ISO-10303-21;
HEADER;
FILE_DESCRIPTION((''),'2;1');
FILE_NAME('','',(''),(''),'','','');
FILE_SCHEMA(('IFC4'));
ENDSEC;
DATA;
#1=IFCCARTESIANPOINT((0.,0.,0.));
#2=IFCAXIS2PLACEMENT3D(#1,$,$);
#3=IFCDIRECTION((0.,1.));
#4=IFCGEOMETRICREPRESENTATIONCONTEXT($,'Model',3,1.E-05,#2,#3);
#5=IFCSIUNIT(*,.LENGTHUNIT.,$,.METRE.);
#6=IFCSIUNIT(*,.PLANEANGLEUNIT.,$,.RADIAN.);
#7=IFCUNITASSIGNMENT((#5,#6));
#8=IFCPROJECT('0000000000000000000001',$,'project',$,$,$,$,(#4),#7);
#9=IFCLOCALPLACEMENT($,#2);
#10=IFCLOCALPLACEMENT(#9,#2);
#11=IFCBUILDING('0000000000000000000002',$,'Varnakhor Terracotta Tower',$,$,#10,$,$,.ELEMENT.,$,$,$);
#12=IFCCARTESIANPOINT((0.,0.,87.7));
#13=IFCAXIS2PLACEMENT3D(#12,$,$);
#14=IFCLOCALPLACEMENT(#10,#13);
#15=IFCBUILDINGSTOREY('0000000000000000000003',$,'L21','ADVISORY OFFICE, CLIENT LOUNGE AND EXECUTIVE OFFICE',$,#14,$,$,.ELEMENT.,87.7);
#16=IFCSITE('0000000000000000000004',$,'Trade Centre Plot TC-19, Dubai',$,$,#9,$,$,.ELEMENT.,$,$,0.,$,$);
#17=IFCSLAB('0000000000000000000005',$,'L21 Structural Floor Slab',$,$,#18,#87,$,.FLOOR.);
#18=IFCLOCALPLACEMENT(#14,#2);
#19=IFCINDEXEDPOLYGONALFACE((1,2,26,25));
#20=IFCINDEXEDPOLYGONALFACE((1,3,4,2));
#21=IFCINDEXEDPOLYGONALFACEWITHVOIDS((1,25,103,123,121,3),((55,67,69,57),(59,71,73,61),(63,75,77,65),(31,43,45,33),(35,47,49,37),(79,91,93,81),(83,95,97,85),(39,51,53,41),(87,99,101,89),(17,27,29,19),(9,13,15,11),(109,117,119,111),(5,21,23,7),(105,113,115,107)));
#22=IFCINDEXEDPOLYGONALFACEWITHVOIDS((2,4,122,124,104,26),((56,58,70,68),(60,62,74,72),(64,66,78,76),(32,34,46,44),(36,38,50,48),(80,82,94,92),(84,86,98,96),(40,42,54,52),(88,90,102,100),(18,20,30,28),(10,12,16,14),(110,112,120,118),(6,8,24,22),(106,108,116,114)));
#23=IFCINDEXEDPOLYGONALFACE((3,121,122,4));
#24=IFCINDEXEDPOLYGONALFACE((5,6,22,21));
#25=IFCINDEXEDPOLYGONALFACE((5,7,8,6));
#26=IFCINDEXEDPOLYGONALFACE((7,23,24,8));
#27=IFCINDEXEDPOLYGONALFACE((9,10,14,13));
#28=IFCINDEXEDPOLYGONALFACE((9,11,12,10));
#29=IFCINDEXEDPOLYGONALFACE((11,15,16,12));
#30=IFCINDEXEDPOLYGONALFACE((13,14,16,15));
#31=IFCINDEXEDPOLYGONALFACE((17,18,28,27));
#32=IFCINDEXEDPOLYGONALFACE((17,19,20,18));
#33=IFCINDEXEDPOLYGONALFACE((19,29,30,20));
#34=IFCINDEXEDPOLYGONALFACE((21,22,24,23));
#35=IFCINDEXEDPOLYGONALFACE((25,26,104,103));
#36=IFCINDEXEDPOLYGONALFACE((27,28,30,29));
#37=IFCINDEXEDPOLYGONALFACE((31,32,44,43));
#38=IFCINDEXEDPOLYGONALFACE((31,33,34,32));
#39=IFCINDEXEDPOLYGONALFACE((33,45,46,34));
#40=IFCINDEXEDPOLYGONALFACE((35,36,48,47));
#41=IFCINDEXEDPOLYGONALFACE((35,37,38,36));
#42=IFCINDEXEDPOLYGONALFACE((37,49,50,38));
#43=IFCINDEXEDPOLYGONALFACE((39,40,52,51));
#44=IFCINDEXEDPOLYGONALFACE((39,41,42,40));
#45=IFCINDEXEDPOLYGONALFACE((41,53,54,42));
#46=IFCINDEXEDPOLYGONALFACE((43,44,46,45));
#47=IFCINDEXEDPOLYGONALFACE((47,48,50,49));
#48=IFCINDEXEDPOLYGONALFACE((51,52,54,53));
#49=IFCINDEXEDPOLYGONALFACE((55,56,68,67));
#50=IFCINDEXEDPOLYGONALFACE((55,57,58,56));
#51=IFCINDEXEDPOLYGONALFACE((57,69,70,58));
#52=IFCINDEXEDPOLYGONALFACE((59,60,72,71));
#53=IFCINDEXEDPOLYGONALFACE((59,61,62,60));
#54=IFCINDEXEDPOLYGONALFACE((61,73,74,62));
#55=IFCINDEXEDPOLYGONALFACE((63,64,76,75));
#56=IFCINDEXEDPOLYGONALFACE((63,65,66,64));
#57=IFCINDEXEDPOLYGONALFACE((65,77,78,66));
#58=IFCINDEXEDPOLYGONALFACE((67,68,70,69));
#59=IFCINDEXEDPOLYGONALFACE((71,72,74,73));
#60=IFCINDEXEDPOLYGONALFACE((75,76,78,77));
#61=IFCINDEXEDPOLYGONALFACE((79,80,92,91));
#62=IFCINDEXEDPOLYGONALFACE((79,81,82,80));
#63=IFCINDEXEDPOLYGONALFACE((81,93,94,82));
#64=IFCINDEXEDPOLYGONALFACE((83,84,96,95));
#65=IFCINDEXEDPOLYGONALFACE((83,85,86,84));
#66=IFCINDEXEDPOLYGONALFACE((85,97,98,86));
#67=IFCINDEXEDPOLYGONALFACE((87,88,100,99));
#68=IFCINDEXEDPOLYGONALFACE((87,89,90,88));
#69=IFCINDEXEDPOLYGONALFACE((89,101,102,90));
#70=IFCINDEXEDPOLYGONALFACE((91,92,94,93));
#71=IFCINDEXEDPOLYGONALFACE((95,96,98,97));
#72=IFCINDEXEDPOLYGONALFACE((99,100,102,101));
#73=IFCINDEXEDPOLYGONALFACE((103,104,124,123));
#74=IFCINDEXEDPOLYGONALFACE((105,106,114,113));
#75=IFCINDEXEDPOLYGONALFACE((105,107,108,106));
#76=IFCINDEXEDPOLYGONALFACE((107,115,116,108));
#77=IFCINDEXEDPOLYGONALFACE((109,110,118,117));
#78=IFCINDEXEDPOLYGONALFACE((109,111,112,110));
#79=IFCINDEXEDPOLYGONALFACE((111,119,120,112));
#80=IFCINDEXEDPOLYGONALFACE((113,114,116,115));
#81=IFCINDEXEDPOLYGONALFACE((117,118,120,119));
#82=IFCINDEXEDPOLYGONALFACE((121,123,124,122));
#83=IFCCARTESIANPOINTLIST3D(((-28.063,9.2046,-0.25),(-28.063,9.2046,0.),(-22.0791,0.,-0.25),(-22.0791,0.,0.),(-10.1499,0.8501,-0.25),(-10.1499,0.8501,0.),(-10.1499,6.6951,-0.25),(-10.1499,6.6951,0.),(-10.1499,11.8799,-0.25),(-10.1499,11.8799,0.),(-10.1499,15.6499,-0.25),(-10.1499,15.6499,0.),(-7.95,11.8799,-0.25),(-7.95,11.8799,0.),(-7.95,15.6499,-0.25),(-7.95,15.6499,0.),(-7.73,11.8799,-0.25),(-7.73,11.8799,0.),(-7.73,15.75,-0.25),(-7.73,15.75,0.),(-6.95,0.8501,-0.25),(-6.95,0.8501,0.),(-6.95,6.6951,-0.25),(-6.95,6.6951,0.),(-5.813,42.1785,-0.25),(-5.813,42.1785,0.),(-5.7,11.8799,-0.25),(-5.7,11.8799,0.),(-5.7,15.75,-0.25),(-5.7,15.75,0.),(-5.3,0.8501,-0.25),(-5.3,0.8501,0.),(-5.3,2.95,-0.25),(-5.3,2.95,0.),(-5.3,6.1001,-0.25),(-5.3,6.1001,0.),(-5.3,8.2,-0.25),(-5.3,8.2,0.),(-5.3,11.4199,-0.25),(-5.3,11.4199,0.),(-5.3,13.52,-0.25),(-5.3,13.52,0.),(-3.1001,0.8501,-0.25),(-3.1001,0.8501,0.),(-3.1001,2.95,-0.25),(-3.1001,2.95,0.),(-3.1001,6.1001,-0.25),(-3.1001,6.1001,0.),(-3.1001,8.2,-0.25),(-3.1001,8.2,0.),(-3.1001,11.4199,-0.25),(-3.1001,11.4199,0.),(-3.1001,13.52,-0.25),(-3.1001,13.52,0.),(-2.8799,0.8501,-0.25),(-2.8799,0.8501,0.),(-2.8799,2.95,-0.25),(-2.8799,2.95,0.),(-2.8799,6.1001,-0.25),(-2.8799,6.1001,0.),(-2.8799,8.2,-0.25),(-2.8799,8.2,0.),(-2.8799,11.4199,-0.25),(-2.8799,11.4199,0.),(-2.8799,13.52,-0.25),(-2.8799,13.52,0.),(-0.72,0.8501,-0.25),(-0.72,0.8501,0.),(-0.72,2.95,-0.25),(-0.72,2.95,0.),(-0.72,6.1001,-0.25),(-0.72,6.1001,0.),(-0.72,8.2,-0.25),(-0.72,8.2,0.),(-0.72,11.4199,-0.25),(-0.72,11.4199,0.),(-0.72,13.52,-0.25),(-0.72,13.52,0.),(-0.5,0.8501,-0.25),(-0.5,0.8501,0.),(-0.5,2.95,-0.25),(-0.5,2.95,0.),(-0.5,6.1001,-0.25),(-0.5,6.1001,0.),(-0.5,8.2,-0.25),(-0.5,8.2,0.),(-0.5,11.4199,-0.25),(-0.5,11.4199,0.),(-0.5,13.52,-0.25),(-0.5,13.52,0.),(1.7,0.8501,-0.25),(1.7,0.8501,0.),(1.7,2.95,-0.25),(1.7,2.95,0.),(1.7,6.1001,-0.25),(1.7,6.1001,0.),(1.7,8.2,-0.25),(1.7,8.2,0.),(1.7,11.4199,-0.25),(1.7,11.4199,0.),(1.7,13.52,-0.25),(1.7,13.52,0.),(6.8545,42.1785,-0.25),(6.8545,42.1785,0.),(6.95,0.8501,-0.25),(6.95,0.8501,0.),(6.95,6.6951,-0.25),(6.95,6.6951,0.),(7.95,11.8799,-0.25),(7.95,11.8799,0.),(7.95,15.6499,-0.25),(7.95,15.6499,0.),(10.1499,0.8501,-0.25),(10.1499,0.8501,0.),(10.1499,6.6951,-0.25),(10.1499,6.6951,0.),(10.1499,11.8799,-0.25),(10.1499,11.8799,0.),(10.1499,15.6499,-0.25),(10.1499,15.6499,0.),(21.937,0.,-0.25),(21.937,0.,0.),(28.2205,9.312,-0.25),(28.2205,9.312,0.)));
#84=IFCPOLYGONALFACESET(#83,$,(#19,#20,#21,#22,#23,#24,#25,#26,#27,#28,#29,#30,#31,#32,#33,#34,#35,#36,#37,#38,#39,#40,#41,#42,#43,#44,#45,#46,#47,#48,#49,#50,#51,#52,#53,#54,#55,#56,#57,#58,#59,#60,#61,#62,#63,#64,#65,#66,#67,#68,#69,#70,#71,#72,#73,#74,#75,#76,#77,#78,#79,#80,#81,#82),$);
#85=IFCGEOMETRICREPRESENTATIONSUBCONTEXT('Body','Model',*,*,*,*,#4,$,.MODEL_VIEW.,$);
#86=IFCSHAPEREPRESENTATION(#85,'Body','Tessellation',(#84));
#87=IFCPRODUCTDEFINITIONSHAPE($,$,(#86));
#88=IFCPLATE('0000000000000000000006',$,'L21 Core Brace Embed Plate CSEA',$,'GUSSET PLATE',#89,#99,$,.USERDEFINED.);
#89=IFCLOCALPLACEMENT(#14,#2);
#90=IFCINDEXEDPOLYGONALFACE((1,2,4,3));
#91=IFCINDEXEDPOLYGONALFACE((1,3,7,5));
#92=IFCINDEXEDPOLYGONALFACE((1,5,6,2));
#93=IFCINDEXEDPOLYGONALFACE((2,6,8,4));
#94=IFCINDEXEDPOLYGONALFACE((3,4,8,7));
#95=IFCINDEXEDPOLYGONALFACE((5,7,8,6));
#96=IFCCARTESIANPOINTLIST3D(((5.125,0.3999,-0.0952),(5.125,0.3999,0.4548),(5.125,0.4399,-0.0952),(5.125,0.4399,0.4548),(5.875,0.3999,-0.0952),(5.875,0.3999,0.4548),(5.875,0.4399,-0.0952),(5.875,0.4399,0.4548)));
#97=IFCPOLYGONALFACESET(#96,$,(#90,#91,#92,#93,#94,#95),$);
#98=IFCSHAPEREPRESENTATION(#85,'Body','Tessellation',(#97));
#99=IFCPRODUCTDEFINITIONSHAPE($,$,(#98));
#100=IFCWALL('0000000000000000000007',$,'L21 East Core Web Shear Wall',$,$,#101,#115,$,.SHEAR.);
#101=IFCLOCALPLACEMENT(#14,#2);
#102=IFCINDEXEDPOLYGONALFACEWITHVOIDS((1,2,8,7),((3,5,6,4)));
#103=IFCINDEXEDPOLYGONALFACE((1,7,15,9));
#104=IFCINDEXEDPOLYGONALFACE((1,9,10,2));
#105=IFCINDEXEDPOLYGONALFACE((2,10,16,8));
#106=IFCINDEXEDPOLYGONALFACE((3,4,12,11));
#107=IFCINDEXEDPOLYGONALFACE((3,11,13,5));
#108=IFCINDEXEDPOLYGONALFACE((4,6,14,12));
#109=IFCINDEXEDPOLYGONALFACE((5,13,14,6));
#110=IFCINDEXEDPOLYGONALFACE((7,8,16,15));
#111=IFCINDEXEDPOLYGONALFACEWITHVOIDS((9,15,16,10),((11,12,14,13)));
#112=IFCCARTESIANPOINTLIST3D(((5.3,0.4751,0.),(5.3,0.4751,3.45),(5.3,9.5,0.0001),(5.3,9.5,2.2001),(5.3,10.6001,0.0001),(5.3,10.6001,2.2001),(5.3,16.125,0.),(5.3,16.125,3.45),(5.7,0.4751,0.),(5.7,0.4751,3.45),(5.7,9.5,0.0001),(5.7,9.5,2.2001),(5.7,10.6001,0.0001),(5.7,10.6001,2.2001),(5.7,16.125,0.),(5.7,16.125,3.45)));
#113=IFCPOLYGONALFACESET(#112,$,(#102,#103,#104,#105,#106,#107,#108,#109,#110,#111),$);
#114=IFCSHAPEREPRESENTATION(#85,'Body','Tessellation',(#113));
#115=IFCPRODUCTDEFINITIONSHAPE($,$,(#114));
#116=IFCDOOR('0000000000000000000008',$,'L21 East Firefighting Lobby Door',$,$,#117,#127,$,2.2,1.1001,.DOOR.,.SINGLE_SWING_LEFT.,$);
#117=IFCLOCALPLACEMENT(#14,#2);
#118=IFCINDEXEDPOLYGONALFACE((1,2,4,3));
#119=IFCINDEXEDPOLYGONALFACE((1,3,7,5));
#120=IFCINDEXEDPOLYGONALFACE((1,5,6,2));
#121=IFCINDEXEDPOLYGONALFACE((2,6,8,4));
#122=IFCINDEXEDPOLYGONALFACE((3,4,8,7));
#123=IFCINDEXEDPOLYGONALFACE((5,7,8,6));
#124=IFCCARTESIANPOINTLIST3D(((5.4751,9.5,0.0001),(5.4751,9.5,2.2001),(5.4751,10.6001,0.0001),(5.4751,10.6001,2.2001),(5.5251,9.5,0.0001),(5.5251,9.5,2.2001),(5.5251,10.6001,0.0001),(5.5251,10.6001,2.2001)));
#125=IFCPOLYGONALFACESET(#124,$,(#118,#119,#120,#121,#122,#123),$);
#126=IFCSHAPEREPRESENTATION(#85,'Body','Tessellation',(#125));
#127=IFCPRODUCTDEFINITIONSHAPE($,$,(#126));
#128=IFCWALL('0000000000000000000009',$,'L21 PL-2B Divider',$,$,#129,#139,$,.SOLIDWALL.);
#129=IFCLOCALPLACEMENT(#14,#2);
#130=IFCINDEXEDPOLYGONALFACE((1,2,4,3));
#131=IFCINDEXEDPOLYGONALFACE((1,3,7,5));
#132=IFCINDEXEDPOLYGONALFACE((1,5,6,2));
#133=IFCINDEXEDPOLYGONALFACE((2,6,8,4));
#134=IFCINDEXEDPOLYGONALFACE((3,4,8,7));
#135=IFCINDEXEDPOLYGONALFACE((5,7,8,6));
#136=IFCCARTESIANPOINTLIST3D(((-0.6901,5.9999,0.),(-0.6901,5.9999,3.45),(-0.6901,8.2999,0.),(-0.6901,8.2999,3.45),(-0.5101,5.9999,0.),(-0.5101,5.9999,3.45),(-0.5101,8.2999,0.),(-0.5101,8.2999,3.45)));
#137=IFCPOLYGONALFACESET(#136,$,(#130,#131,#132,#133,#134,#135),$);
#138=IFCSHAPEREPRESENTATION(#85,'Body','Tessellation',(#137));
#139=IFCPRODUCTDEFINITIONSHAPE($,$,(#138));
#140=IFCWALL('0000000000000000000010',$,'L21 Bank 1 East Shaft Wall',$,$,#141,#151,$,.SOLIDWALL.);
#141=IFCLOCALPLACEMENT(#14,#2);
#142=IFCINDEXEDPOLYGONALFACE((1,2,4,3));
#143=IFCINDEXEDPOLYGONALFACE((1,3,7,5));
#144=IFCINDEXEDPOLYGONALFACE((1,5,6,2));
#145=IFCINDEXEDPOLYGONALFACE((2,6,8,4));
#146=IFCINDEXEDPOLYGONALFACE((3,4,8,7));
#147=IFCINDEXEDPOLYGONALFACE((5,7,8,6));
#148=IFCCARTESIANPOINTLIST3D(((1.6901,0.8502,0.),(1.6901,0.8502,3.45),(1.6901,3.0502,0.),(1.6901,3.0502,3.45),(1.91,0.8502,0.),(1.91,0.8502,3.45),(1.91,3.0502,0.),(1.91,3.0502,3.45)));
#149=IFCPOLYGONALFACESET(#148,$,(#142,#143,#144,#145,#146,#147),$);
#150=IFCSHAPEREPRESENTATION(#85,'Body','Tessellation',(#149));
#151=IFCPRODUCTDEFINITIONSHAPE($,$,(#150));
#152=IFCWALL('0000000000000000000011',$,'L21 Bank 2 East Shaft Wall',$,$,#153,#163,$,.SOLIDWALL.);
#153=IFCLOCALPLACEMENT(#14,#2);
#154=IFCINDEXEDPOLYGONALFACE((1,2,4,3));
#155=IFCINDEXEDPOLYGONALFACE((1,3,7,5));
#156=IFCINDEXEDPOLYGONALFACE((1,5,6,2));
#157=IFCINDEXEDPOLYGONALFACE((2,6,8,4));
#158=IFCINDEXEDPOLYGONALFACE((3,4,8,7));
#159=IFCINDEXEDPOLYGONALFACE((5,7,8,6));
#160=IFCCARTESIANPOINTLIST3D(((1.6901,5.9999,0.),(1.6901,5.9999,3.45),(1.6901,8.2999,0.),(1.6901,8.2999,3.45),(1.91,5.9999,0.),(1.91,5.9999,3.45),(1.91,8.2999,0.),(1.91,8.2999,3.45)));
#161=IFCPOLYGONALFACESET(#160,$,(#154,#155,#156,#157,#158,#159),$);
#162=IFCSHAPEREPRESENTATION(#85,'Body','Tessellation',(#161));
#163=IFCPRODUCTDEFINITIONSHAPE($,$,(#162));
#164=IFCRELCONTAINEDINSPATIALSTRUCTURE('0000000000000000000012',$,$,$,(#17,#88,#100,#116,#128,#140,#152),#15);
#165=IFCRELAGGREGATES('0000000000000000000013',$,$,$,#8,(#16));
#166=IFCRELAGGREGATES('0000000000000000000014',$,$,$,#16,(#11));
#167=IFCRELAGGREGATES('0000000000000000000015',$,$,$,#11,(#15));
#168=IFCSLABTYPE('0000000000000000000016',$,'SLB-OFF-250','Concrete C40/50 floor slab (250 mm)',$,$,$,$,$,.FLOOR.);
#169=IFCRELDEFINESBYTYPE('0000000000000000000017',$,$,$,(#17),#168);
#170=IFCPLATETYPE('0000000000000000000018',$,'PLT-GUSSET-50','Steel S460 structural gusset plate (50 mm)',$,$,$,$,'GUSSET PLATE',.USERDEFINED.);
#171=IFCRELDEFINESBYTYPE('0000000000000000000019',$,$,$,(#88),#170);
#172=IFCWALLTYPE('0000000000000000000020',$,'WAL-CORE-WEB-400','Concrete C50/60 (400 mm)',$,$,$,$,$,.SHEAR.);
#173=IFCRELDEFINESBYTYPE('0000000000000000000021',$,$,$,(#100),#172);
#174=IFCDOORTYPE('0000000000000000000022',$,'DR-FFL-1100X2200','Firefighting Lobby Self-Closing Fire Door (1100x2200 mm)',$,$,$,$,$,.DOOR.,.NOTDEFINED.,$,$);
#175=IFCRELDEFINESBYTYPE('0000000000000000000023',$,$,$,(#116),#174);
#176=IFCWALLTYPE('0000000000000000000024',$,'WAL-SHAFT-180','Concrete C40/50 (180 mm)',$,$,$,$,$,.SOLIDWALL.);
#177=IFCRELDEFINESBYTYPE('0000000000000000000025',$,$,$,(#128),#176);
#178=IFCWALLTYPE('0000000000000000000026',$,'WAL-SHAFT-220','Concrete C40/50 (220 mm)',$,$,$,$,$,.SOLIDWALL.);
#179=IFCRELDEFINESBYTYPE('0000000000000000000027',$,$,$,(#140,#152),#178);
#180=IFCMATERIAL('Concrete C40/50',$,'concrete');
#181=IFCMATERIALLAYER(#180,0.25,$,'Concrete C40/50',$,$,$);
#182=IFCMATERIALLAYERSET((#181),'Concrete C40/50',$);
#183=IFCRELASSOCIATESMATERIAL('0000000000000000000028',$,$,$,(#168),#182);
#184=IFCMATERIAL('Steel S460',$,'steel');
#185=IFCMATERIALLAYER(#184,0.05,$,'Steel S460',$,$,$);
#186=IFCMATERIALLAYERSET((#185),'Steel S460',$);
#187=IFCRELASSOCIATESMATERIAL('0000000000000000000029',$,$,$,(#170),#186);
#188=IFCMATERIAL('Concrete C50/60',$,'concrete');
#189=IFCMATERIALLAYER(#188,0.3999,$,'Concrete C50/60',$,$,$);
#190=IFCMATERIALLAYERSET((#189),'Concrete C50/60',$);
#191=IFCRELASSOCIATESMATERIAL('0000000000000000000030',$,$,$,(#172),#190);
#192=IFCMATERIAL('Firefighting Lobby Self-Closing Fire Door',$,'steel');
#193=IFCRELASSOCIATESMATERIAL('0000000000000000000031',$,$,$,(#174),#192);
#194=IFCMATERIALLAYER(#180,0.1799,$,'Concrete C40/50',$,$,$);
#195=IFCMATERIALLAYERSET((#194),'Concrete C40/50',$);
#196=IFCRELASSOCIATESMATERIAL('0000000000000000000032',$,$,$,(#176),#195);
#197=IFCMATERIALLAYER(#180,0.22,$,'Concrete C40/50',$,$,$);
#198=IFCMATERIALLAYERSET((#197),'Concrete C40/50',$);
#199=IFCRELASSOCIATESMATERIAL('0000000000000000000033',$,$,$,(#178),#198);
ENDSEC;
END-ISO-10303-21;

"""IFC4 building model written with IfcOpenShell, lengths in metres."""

from ifc_helpers import new_model, si_unit, direction, frame, frame_2d, origin, origin_2d, place, context, subcontext, project, spatial, polyline, rectangle, outline, extrude, source, transform, mapped, material, layer, layer_set, type_object, type_shapes, element, fill, save


model = new_model("IFC4")

# Units and contexts
model_context = context("Model", 3, precision=1e-05, world=origin(), true_north=direction((0.0, 1.0)))
body_context = subcontext(model_context, "Body", "Model", "MODEL_VIEW")
ifc_project = project(units=[si_unit("LENGTHUNIT", "METRE"), si_unit("PLANEANGLEUNIT", "RADIAN")], contexts=[model_context])

# Site, building, storey
site_placement = place(None, origin())
site = spatial("IfcSite", under=ifc_project, at=site_placement, Name="Trade Centre Plot TC-19, Dubai", CompositionType="ELEMENT", RefElevation=0.0)
building_placement = place(site_placement, origin())
building = spatial("IfcBuilding", under=site, at=building_placement, Name="Varnakhor Terracotta Tower", CompositionType="ELEMENT")
storey_placement = place(building_placement, frame((0.0, 0.0, 87.7)))
storey = spatial("IfcBuildingStorey", under=building, at=storey_placement, Name="L21", Description="ADVISORY OFFICE, CLIENT LOUNGE AND EXECUTIVE OFFICE", CompositionType="ELEMENT", Elevation=87.7)

# Shared definitions
ifc_material_1 = material(Name="Concrete C50/60", Category="concrete")

# Shared definitions
ifc_material_2 = material(Name="Steel S460", Category="steel")

# Shared definitions
ifc_material_3 = material(Name="Concrete C40/50", Category="concrete")

# Slab
ifc_layer_1 = layer(ifc_material_3, 0.25, Name="Concrete C40/50")
ifc_layer_set_1 = layer_set([ifc_layer_1], Name="Concrete C40/50")
slab_type_1 = type_object("IfcSlabType", Name="SLB-OFF-250", Description="Concrete C40/50 floor slab (250 mm)", PredefinedType="FLOOR", material=ifc_layer_set_1)
slab_1_placement = place(storey_placement, frame((0.0, 0.0, -0.25)))
element("IfcSlab", 1, at=slab_1_placement, inside=storey, type_object=slab_type_1, Name="L21 Structural Floor Slab", PredefinedType="FLOOR", context=body_context, shape_type="SweptSolid", body=[
    extrude(outline(polyline([(-28.063, 9.2046), (-5.813, 42.1785), (6.8545, 42.1785), (28.2205, 9.312), (21.937, 0.0), (-22.0791, 0.0), (-28.063, 9.2046)]), holes=[polyline([(-3.1001, 0.8501), (-3.1001, 2.95), (-5.3, 2.95), (-5.3, 0.8501), (-3.1001, 0.8501)]), polyline([(-2.8799, 0.8501), (-0.72, 0.8501), (-0.72, 2.95), (-2.8799, 2.95), (-2.8799, 0.8501)]), polyline([(-10.1499, 0.8501), (-6.95, 0.8501), (-6.95, 6.6951), (-10.1499, 6.6951), (-10.1499, 0.8501)]), polyline([(-5.3, 6.1001), (-3.1001, 6.1001), (-3.1001, 8.2), (-5.3, 8.2), (-5.3, 6.1001)]), polyline([(-5.3, 11.4199), (-3.1001, 11.4199), (-3.1001, 13.52), (-5.3, 13.52), (-5.3, 11.4199)]), polyline([(-10.1499, 11.8799), (-7.95, 11.8799), (-7.95, 15.6499), (-10.1499, 15.6499), (-10.1499, 11.8799)]), polyline([(-7.73, 11.8799), (-5.7, 11.8799), (-5.7, 15.75), (-7.73, 15.75), (-7.73, 11.8799)]), polyline([(1.7, 0.8501), (1.7, 2.95), (-0.5, 2.95), (-0.5, 0.8501), (1.7, 0.8501)]), polyline([(6.95, 0.8501), (10.1499, 0.8501), (10.1499, 6.6951), (6.95, 6.6951), (6.95, 0.8501)]), polyline([(-2.8799, 6.1001), (-0.72, 6.1001), (-0.72, 8.2), (-2.8799, 8.2), (-2.8799, 6.1001)]), polyline([(-0.5, 6.1001), (1.7, 6.1001), (1.7, 8.2), (-0.5, 8.2), (-0.5, 6.1001)]), polyline([(-2.8799, 11.4199), (-0.72, 11.4199), (-0.72, 13.52), (-2.8799, 13.52), (-2.8799, 11.4199)]), polyline([(-0.5, 11.4199), (1.7, 11.4199), (1.7, 13.52), (-0.5, 13.52), (-0.5, 11.4199)]), polyline([(7.95, 11.8799), (10.1499, 11.8799), (10.1499, 15.6499), (7.95, 15.6499), (7.95, 11.8799)])]), origin(), (0.0, 0.0, 1.0), 0.25),
])

# Plate
ifc_layer_2 = layer(ifc_material_2, 0.05, Name="Steel S460")
ifc_layer_set_2 = layer_set([ifc_layer_2], Name="Steel S460")
plate_type = type_object("IfcPlateType", Name="PLT-GUSSET-50", Description="Steel S460 structural gusset plate (50 mm)", ElementType="GUSSET PLATE", PredefinedType="USERDEFINED", material=ifc_layer_set_2)
shared_shape_1 = source(origin(), body_context, "Body", "SweptSolid", [
    extrude(rectangle(XDim=0.75, YDim=0.04, at=origin_2d()), origin(), (0.0, 0.0, 1.0), 0.55),
])
type_shapes(plate_type, [shared_shape_1])
plate_placement = place(storey_placement, frame((5.5, 0.4199, -0.0952), z_axis=(0.0, 0.0, 1.0), x_axis=(1.0, 0.0, 0.0)))
element("IfcPlate", 2, at=plate_placement, inside=storey, type_object=plate_type, Name="L21 Core Brace Embed Plate CSEA", ObjectType="GUSSET PLATE", PredefinedType="USERDEFINED", context=body_context, shape_type="MappedRepresentation", body=[
    mapped(shared_shape_1, transform((0.0, 0.0, 0.0), scale=1.0)),
])

# Wall, opening, door
ifc_layer_3 = layer(ifc_material_1, 0.3999, Name="Concrete C50/60")
ifc_layer_set_3 = layer_set([ifc_layer_3], Name="Concrete C50/60")
wall_type_1 = type_object("IfcWallType", Name="WAL-CORE-WEB-400", Description="Concrete C50/60 (400 mm)", PredefinedType="SHEAR", material=ifc_layer_set_3)
wall_1_placement = place(storey_placement, frame((5.5, 0.4751, 0.0), z_axis=(0.0, 0.0, 1.0), x_axis=(0.0, 1.0, 0.0)))
wall_1 = element("IfcWall", 3, at=wall_1_placement, inside=storey, type_object=wall_type_1, Name="L21 East Core Web Shear Wall", PredefinedType="SHEAR", context=body_context, shape_type="SweptSolid", body=[
    extrude(rectangle(XDim=15.6499, YDim=0.3999, at=frame_2d((7.825, 0.0))), origin(), (0.0, 0.0, 1.0), 3.45),
])
opening_1_placement = place(wall_1_placement, frame((9.0249, 0.0, 0.0)))
opening_1 = element("IfcOpeningElement", 4, at=opening_1_placement, cuts=wall_1, PredefinedType="OPENING", context=body_context, shape_type="SweptSolid", body=[
    extrude(rectangle(XDim=1.1001, YDim=2.2, at=frame_2d((0.55, 1.1001))), frame((0.0, 0.21, 0.0), z_axis=(0.0, -1.0, 0.0), x_axis=(1.0, 0.0, 0.0)), (0.0, 0.0, 1.0), 0.4199),
])
ifc_material_4 = material(Name="Firefighting Lobby Self-Closing Fire Door", Category="steel")
door_type_1 = type_object("IfcDoorType", Name="DR-FFL-1100X2200", Description="Firefighting Lobby Self-Closing Fire Door (1100x2200 mm)", OperationType="NOTDEFINED", PredefinedType="DOOR", material=ifc_material_4)
shared_shape_2 = source(origin(), body_context, "Body", "SweptSolid", [
    extrude(rectangle(XDim=1.1001, YDim=2.2, at=frame_2d((0.55, 1.1001))), frame((0.0, 0.0249, 0.0), z_axis=(0.0, -1.0, 0.0), x_axis=(1.0, 0.0, 0.0)), (0.0, 0.0, 1.0), 0.05),
])
type_shapes(door_type_1, [shared_shape_2])
door_1_placement = place(opening_1_placement, origin())
door_1 = element("IfcDoor", 5, at=door_1_placement, inside=storey, type_object=door_type_1, Name="L21 East Firefighting Lobby Door", OperationType="SINGLE_SWING_LEFT", OverallHeight=2.2, OverallWidth=1.1001, PredefinedType="DOOR", context=body_context, shape_type="MappedRepresentation", body=[
    mapped(shared_shape_2, transform((0.0, 0.0, 0.0), scale=1.0)),
])
fill(opening_1, door_1)

# Walls
ifc_layer_4 = layer(ifc_material_3, 0.1799, Name="Concrete C40/50")
ifc_layer_set_4 = layer_set([ifc_layer_4], Name="Concrete C40/50")
wall_type_2 = type_object("IfcWallType", Name="WAL-SHAFT-180", Description="Concrete C40/50 (180 mm)", PredefinedType="SOLIDWALL", material=ifc_layer_set_4)
wall_2_placement = place(storey_placement, frame((-0.6001, 6.0, 0.0), z_axis=(0.0, 0.0, 1.0), x_axis=(0.0, 1.0, 0.0)))
element("IfcWall", 6, at=wall_2_placement, inside=storey, type_object=wall_type_2, Name="L21 PL-2B Divider", PredefinedType="SOLIDWALL", context=body_context, shape_type="SweptSolid", body=[
    extrude(rectangle(XDim=2.3, YDim=0.1799, at=frame_2d((1.1499, 0.0))), origin(), (0.0, 0.0, 1.0), 3.45),
])
ifc_layer_5 = layer(ifc_material_3, 0.22, Name="Concrete C40/50")
ifc_layer_set_5 = layer_set([ifc_layer_5], Name="Concrete C40/50")
wall_type_3 = type_object("IfcWallType", Name="WAL-SHAFT-220", Description="Concrete C40/50 (220 mm)", PredefinedType="SOLIDWALL", material=ifc_layer_set_5)
wall_3_placement = place(storey_placement, frame((1.8, 0.8501, 0.0), z_axis=(0.0, 0.0, 1.0), x_axis=(0.0, 1.0, 0.0)))
element("IfcWall", 7, at=wall_3_placement, inside=storey, type_object=wall_type_3, Name="L21 Bank 1 East Shaft Wall", PredefinedType="SOLIDWALL", context=body_context, shape_type="SweptSolid", body=[
    extrude(rectangle(XDim=2.2, YDim=0.22, at=frame_2d((1.1001, 0.0))), origin(), (0.0, 0.0, 1.0), 3.45),
])
wall_4_placement = place(storey_placement, frame((1.8, 6.0, 0.0), z_axis=(0.0, 0.0, 1.0), x_axis=(0.0, 1.0, 0.0)))
element("IfcWall", 8, at=wall_4_placement, inside=storey, type_object=wall_type_3, Name="L21 Bank 2 East Shaft Wall", PredefinedType="SOLIDWALL", context=body_context, shape_type="SweptSolid", body=[
    extrude(rectangle(XDim=2.3, YDim=0.22, at=frame_2d((1.1499, 0.0))), origin(), (0.0, 0.0, 1.0), 3.45),
])

save(model, "model.ifc")
